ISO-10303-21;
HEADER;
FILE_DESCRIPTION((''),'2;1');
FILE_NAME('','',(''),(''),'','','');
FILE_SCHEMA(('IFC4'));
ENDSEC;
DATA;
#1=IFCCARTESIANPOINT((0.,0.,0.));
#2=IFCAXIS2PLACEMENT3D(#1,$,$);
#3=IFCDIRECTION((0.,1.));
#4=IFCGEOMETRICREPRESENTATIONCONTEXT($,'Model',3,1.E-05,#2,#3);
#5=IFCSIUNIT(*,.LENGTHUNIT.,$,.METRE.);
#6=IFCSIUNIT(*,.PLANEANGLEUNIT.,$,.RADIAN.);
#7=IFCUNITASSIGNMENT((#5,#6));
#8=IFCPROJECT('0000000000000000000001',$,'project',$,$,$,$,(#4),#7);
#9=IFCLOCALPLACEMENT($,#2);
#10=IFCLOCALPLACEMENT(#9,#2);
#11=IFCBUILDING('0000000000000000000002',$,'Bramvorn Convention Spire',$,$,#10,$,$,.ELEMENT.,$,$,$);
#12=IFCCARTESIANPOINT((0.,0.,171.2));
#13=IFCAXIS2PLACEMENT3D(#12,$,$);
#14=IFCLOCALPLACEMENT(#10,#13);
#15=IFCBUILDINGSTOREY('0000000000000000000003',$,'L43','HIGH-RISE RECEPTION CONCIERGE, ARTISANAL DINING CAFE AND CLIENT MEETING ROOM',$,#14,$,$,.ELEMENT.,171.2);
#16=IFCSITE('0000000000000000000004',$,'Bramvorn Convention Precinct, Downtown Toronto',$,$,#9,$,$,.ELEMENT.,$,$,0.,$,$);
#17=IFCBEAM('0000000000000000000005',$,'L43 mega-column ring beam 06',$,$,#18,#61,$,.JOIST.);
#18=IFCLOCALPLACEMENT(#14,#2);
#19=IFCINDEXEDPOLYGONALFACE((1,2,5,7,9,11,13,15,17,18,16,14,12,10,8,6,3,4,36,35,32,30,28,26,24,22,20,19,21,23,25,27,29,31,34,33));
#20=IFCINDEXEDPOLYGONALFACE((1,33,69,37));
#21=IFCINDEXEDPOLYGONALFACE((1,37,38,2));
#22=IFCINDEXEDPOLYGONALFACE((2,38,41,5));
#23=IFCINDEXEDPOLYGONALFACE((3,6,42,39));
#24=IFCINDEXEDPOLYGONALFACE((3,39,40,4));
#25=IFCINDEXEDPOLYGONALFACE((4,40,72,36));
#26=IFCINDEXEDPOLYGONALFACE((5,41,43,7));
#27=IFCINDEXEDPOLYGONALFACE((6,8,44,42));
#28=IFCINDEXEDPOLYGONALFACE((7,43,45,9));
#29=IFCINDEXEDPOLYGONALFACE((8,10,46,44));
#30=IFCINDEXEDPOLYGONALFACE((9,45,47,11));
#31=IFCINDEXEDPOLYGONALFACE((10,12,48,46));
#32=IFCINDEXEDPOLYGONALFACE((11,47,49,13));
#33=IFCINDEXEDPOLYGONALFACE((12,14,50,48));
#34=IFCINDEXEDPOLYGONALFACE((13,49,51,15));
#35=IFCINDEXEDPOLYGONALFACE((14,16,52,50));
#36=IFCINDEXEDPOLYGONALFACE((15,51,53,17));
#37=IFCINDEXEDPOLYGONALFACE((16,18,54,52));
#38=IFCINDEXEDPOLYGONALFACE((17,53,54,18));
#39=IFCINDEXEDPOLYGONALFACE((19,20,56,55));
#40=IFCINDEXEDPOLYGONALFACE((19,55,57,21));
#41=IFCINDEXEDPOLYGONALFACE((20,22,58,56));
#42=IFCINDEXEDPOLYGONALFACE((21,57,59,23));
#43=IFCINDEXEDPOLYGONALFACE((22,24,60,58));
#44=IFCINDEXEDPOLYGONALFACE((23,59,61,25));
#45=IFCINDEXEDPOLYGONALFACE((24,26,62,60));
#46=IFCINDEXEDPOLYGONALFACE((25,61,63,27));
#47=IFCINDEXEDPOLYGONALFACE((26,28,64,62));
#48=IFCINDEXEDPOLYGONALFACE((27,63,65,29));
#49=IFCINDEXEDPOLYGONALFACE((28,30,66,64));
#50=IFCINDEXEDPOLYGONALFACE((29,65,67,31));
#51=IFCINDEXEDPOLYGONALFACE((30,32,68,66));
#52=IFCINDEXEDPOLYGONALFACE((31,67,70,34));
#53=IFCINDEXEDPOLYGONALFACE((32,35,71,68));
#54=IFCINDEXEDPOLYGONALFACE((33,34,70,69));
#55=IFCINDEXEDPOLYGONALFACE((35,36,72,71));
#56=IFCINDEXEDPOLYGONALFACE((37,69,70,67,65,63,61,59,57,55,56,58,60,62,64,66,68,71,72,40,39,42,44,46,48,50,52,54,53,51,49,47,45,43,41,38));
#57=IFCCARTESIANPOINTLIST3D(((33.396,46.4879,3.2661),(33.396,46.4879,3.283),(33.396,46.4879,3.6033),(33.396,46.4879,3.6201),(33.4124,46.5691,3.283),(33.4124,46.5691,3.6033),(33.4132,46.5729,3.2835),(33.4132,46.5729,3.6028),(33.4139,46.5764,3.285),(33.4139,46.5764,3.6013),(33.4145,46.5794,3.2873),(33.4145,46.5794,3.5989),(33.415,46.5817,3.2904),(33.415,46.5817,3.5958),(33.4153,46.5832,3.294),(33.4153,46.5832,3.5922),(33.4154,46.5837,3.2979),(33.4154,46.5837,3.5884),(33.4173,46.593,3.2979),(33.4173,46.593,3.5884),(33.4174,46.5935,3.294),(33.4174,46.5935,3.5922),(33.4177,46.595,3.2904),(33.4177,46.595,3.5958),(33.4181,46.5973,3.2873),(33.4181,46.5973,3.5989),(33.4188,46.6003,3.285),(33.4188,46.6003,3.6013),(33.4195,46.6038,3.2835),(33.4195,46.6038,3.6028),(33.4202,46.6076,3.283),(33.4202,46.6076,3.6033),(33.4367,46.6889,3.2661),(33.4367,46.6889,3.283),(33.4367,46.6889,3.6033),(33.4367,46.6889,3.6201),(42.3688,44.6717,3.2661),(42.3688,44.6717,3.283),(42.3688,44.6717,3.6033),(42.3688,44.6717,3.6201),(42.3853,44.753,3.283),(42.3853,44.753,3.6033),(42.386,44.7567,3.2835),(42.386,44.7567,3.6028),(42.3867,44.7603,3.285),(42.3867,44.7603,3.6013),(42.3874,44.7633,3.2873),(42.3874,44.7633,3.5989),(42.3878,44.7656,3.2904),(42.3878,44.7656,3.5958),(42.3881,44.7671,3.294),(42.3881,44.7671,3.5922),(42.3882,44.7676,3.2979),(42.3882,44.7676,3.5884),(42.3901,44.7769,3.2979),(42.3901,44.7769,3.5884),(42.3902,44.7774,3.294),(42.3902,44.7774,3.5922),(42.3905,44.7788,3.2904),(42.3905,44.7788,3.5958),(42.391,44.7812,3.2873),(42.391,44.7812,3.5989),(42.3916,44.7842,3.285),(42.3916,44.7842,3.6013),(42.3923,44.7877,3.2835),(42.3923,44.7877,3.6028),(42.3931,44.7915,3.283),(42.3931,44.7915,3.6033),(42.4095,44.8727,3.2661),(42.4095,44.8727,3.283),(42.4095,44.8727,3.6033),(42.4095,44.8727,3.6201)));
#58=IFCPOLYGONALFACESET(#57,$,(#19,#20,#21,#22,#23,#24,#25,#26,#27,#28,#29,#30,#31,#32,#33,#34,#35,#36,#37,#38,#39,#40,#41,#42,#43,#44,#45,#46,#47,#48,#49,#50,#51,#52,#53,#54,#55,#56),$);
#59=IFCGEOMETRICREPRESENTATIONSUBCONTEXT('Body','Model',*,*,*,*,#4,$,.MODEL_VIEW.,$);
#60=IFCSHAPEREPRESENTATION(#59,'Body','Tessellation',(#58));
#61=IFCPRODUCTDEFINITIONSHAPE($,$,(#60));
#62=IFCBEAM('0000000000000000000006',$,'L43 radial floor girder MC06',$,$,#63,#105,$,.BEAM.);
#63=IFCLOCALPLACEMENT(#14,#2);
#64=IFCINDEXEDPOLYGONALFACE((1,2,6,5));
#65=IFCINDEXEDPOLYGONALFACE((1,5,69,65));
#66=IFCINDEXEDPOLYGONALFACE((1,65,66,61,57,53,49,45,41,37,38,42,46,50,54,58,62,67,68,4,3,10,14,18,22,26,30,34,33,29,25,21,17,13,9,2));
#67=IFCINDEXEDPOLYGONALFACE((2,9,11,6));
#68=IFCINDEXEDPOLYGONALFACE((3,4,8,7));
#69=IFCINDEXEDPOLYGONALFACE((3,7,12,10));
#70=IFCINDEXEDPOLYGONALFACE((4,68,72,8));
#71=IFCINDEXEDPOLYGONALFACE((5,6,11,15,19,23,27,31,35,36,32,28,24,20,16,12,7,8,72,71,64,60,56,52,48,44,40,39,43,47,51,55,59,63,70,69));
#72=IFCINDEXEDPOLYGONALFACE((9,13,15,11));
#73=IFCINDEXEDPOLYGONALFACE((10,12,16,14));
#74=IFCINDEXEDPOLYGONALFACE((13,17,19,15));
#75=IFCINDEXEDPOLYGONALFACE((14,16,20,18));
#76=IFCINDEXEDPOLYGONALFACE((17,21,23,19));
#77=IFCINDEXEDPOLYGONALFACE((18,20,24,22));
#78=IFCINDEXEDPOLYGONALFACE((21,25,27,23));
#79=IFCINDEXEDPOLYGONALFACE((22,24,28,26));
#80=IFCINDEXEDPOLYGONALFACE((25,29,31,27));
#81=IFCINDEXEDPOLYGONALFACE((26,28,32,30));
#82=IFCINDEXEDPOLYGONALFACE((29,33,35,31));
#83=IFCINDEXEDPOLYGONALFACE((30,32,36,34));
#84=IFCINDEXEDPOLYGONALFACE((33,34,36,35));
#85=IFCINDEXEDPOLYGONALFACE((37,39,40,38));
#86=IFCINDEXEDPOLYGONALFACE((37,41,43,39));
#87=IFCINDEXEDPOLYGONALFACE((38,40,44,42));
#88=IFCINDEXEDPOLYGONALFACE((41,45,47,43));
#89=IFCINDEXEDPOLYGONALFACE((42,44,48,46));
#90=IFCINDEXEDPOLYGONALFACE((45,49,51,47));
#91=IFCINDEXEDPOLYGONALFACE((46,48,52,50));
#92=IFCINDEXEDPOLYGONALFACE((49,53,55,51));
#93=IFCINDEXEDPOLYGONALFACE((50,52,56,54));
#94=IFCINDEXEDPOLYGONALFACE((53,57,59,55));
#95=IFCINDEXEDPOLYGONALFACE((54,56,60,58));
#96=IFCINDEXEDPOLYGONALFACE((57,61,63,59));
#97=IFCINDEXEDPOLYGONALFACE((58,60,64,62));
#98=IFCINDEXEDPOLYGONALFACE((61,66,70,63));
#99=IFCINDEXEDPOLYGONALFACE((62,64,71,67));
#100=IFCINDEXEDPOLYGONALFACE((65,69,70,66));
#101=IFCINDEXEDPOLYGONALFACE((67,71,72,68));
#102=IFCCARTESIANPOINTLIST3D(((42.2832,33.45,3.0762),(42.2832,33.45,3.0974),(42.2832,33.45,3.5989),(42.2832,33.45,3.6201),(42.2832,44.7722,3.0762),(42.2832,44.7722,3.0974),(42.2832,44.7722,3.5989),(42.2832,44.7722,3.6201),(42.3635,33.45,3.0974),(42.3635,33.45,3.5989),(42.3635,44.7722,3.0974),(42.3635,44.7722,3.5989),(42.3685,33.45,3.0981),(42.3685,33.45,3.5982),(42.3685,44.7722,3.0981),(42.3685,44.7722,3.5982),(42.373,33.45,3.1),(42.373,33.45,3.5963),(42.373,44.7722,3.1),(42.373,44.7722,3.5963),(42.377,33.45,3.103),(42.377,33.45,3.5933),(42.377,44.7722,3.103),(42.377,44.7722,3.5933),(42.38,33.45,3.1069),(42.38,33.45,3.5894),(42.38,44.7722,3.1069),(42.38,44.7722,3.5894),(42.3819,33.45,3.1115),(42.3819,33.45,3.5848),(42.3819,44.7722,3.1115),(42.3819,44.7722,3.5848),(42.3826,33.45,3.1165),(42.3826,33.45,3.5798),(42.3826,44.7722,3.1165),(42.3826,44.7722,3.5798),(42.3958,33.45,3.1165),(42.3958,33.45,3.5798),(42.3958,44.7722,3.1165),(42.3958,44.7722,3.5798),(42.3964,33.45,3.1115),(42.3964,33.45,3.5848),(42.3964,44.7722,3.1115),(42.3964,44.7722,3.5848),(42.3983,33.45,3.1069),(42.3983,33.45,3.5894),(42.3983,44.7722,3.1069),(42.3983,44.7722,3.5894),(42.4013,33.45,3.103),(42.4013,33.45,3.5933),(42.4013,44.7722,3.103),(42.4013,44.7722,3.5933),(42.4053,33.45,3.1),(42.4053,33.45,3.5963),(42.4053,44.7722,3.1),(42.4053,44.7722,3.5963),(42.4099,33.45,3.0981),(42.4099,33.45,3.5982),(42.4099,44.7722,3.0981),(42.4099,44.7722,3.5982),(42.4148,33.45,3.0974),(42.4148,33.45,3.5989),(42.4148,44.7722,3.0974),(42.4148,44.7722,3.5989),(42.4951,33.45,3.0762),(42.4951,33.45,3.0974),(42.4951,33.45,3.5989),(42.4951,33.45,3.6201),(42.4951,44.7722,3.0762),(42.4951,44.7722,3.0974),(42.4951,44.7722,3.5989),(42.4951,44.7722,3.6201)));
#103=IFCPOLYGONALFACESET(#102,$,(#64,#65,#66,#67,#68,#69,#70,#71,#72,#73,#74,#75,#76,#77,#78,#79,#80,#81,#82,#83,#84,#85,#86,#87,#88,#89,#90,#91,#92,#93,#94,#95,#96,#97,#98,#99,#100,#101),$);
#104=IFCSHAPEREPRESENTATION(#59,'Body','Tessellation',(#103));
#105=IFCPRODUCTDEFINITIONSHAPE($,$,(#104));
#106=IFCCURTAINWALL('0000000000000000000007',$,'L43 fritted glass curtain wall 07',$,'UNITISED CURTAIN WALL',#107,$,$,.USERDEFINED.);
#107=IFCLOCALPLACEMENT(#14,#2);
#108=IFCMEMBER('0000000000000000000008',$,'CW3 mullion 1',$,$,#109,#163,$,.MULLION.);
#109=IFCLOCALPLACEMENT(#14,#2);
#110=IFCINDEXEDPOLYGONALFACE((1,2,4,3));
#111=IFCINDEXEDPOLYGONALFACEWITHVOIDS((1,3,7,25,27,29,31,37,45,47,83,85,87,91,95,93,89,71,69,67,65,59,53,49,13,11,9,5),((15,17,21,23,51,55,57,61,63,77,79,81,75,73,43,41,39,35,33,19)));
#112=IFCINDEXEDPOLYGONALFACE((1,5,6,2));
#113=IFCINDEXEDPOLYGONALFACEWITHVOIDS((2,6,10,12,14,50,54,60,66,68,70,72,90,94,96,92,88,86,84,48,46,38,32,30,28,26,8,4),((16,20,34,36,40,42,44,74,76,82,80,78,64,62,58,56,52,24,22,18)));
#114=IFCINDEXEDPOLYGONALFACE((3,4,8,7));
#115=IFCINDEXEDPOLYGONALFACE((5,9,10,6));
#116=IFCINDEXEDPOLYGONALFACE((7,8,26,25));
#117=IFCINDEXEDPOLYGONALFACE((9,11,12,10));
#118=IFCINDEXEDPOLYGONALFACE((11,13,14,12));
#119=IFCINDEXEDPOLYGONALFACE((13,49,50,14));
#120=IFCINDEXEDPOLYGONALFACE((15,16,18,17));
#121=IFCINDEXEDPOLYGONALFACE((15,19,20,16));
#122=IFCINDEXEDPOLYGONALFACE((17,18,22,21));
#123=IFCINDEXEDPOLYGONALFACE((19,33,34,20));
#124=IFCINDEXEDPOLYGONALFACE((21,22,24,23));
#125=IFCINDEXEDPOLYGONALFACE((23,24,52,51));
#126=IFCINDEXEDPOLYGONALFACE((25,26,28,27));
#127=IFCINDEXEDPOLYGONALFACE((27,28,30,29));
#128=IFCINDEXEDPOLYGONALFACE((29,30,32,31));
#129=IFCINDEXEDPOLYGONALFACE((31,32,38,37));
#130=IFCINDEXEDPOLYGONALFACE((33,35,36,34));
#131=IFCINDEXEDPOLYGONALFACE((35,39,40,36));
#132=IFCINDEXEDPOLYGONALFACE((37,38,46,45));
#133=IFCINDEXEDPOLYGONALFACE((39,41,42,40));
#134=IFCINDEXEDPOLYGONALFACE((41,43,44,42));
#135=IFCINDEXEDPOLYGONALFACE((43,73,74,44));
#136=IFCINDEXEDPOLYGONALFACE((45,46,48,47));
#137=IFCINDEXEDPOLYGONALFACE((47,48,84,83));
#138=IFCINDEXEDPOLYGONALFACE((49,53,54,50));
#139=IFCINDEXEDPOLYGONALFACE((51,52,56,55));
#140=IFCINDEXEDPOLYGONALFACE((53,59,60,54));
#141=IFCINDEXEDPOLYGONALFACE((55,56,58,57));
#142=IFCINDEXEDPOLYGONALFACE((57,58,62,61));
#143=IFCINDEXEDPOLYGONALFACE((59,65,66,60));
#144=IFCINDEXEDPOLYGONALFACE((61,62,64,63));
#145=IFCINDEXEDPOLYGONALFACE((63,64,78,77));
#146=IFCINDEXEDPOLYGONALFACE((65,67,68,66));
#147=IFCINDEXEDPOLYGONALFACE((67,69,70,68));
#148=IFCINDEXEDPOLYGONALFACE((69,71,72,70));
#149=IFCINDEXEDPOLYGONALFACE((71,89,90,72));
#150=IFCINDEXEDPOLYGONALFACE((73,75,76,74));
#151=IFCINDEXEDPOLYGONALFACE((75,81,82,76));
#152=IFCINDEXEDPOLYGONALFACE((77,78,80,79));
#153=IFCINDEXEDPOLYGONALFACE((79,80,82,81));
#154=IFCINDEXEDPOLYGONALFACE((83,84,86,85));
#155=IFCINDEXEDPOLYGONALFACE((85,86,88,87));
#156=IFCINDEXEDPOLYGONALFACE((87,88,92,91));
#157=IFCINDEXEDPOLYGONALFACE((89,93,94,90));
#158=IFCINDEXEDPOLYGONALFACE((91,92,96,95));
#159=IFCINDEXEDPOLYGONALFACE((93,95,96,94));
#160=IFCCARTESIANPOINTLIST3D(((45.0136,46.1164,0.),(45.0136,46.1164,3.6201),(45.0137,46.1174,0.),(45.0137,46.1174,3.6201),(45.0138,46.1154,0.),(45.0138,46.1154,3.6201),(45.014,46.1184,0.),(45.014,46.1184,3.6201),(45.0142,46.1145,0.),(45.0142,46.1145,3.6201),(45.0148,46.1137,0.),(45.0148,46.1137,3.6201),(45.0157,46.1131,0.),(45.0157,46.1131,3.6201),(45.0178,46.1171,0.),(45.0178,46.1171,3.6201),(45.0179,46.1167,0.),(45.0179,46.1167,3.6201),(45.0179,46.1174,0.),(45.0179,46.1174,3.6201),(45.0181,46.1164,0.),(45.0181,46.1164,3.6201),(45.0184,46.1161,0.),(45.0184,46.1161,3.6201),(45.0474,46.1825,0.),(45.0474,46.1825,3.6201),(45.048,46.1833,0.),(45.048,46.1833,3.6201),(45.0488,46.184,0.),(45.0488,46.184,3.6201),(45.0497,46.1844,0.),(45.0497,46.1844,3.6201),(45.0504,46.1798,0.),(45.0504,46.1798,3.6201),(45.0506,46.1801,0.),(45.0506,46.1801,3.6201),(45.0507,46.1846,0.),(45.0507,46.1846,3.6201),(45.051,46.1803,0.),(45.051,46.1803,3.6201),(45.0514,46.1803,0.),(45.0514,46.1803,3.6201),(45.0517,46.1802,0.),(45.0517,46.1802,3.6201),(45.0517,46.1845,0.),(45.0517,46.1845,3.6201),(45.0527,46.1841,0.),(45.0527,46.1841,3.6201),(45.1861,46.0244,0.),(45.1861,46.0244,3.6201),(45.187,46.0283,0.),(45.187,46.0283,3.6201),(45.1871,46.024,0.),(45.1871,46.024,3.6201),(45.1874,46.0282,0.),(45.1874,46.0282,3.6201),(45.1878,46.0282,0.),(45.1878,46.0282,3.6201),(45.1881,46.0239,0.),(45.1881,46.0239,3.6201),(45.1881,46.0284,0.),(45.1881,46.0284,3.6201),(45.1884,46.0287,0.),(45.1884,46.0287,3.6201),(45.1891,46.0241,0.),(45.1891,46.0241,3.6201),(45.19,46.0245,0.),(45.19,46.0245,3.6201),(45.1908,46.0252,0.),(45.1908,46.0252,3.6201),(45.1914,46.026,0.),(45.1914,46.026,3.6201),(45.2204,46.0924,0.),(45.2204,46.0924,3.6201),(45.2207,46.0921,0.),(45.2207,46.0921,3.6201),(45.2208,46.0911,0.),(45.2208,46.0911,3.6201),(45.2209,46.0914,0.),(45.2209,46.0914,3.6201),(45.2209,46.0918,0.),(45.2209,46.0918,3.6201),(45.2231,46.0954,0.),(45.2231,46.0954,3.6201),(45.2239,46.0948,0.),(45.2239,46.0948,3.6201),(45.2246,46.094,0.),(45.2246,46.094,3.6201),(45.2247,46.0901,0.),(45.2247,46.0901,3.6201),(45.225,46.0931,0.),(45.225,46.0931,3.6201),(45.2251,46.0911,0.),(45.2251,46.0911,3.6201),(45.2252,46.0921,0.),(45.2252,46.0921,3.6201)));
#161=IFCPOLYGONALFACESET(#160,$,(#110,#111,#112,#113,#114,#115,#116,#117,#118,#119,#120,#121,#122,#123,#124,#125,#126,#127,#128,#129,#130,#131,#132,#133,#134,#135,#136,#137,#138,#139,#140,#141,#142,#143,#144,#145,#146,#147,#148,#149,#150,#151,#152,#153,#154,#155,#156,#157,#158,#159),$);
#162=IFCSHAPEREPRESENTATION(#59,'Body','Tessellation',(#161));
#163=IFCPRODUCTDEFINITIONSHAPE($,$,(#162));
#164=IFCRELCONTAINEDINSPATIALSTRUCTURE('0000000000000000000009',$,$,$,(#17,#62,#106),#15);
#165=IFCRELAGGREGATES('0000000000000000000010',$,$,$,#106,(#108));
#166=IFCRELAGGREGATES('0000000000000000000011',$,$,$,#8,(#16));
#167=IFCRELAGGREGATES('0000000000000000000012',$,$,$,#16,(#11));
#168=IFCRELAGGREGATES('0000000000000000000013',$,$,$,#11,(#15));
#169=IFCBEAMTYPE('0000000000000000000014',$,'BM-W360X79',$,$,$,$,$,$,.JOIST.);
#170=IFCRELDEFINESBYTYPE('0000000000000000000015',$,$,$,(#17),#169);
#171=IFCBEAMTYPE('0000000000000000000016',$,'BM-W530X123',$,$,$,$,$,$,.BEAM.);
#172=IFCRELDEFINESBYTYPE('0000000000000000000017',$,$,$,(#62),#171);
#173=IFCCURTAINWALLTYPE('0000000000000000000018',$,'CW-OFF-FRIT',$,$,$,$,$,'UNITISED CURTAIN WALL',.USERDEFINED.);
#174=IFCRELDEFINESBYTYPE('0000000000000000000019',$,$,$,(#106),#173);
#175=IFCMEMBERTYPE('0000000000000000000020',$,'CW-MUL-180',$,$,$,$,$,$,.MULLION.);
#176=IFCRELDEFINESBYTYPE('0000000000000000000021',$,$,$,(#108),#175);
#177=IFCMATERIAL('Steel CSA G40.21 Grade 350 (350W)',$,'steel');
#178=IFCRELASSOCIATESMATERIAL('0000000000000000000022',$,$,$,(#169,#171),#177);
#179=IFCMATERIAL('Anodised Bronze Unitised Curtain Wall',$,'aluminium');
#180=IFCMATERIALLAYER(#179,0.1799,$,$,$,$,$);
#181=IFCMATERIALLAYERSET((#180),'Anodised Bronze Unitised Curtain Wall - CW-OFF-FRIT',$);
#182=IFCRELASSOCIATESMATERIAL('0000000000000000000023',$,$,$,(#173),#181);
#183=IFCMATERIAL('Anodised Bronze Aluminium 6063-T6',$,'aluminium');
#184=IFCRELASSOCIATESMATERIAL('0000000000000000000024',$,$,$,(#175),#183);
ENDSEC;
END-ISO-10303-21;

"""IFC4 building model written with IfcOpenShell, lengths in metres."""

from ifc_helpers import new_model, si_unit, direction, frame, origin, origin_2d, place, context, subcontext, project, spatial, hollow_rectangle, i_section, extrude, material, layer, layer_set, material_profile, profile_set, type_object, element, aggregate, save


model = new_model("IFC4")

# Units and contexts
model_context = context("Model", 3, precision=1e-05, world=origin(), true_north=direction((0.0, 1.0)))
body_context = subcontext(model_context, "Body", "Model", "MODEL_VIEW")
ifc_project = project(units=[si_unit("LENGTHUNIT", "METRE"), si_unit("PLANEANGLEUNIT", "RADIAN")], contexts=[model_context])

# Site, building, storey
site_placement = place(None, origin())
site = spatial("IfcSite", under=ifc_project, at=site_placement, Name="Bramvorn Convention Precinct, Downtown Toronto", CompositionType="ELEMENT", RefElevation=0.0)
building_placement = place(site_placement, origin())
building = spatial("IfcBuilding", under=site, at=building_placement, Name="Bramvorn Convention Spire", CompositionType="ELEMENT")
storey_placement = place(building_placement, frame((0.0, 0.0, 171.2)))
storey = spatial("IfcBuildingStorey", under=building, at=storey_placement, Name="L43", Description="HIGH-RISE RECEPTION CONCIERGE, ARTISANAL DINING CAFE AND CLIENT MEETING ROOM", CompositionType="ELEMENT", Elevation=171.2)

# Shared definitions
ifc_material_1 = material(Name="Steel CSA G40.21 Grade 350 (350W)", Category="steel")

# Beams
ifc_material_profile_1 = material_profile(ifc_material_1, i_section(OverallWidth=0.2051, OverallDepth=0.354, WebThickness=0.0095, FlangeThickness=0.0168, FilletRadius=0.0149, at=origin_2d()))
ifc_profile_set_1 = profile_set([ifc_material_profile_1], Name="Steel CSA G40.21 Grade 350 (350W) - W360X79")
beam_type_1 = type_object("IfcBeamType", Name="BM-W360X79", PredefinedType="JOIST", material=ifc_profile_set_1)
beam_1_placement = place(storey_placement, frame((42.3892, 44.7722, 3.4431), z_axis=(-0.980125, 0.198382, 0.0), x_axis=(-0.198382, -0.980125, 0.0)))
element("IfcBeam", 1, at=beam_1_placement, inside=storey, type_object=beam_type_1, Name="L43 mega-column ring beam 06", PredefinedType="JOIST", context=body_context, shape_type="SweptSolid", body=[
    extrude(i_section(OverallWidth=0.2051, OverallDepth=0.354, WebThickness=0.0095, FlangeThickness=0.0168, FilletRadius=0.0149, at=origin_2d()), origin(), (0.0, 0.0, 1.0), 9.1548),
])
ifc_material_profile_2 = material_profile(ifc_material_1, i_section(OverallWidth=0.2119, OverallDepth=0.5439, WebThickness=0.0132, FlangeThickness=0.0212, FilletRadius=0.019, at=origin_2d()))
ifc_profile_set_2 = profile_set([ifc_material_profile_2], Name="Steel CSA G40.21 Grade 350 (350W) - W530X123")
beam_type_2 = type_object("IfcBeamType", Name="BM-W530X123", PredefinedType="BEAM", material=ifc_profile_set_2)
beam_2_placement = place(storey_placement, frame((42.3892, 33.45, 3.3481), z_axis=(0.0, 1.0, 0.0), x_axis=(-1.0, 0.0, 0.0)))
element("IfcBeam", 2, at=beam_2_placement, inside=storey, type_object=beam_type_2, Name="L43 radial floor girder MC06", PredefinedType="BEAM", context=body_context, shape_type="SweptSolid", body=[
    extrude(i_section(OverallWidth=0.2119, OverallDepth=0.5439, WebThickness=0.0132, FlangeThickness=0.0212, FilletRadius=0.019, at=origin_2d()), origin(), (0.0, 0.0, 1.0), 11.3223),
])

# Curtain wall, member
ifc_material_2 = material(Name="Anodised Bronze Unitised Curtain Wall", Category="aluminium")
ifc_layer_1 = layer(ifc_material_2, 0.1799)
ifc_layer_set_1 = layer_set([ifc_layer_1], Name="Anodised Bronze Unitised Curtain Wall - CW-OFF-FRIT")
curtain_wall_type = type_object("IfcCurtainWallType", Name="CW-OFF-FRIT", ElementType="UNITISED CURTAIN WALL", PredefinedType="USERDEFINED", material=ifc_layer_set_1)
curtain_wall_1_placement = place(storey_placement, origin())
curtain_wall_1 = element("IfcCurtainWall", 3, at=curtain_wall_1_placement, inside=storey, type_object=curtain_wall_type, Name="L43 fritted glass curtain wall 07", ObjectType="UNITISED CURTAIN WALL", PredefinedType="USERDEFINED")
ifc_material_3 = material(Name="Anodised Bronze Aluminium 6063-T6", Category="aluminium")
ifc_material_profile_3 = material_profile(ifc_material_3, hollow_rectangle(XDim=0.0801, YDim=0.2, WallThickness=0.0039, InnerFilletRadius=0.001, OuterFilletRadius=0.0039, at=origin_2d()))
ifc_profile_set_3 = profile_set([ifc_material_profile_3], Name="Anodised Bronze Aluminium 6063-T6 - CWM80X200")
member_type_1 = type_object("IfcMemberType", Name="CW-MUL-180", PredefinedType="MULLION", material=ifc_profile_set_3)
member_1_placement = place(storey_placement, frame((45.1194, 46.1042, 0.0), z_axis=(0.0, 0.0, 1.0), x_axis=(0.461807, 0.886981, 0.0)))
member_1 = element("IfcMember", 4, at=member_1_placement, type_object=member_type_1, Name="CW3 mullion 1", PredefinedType="MULLION", context=body_context, shape_type="SweptSolid", body=[
    extrude(hollow_rectangle(XDim=0.0801, YDim=0.2, WallThickness=0.0039, InnerFilletRadius=0.001, OuterFilletRadius=0.0039, at=origin_2d()), origin(), (0.0, 0.0, 1.0), 3.6201),
])

aggregate(curtain_wall_1, [member_1])

save(model, "model.ifc")
